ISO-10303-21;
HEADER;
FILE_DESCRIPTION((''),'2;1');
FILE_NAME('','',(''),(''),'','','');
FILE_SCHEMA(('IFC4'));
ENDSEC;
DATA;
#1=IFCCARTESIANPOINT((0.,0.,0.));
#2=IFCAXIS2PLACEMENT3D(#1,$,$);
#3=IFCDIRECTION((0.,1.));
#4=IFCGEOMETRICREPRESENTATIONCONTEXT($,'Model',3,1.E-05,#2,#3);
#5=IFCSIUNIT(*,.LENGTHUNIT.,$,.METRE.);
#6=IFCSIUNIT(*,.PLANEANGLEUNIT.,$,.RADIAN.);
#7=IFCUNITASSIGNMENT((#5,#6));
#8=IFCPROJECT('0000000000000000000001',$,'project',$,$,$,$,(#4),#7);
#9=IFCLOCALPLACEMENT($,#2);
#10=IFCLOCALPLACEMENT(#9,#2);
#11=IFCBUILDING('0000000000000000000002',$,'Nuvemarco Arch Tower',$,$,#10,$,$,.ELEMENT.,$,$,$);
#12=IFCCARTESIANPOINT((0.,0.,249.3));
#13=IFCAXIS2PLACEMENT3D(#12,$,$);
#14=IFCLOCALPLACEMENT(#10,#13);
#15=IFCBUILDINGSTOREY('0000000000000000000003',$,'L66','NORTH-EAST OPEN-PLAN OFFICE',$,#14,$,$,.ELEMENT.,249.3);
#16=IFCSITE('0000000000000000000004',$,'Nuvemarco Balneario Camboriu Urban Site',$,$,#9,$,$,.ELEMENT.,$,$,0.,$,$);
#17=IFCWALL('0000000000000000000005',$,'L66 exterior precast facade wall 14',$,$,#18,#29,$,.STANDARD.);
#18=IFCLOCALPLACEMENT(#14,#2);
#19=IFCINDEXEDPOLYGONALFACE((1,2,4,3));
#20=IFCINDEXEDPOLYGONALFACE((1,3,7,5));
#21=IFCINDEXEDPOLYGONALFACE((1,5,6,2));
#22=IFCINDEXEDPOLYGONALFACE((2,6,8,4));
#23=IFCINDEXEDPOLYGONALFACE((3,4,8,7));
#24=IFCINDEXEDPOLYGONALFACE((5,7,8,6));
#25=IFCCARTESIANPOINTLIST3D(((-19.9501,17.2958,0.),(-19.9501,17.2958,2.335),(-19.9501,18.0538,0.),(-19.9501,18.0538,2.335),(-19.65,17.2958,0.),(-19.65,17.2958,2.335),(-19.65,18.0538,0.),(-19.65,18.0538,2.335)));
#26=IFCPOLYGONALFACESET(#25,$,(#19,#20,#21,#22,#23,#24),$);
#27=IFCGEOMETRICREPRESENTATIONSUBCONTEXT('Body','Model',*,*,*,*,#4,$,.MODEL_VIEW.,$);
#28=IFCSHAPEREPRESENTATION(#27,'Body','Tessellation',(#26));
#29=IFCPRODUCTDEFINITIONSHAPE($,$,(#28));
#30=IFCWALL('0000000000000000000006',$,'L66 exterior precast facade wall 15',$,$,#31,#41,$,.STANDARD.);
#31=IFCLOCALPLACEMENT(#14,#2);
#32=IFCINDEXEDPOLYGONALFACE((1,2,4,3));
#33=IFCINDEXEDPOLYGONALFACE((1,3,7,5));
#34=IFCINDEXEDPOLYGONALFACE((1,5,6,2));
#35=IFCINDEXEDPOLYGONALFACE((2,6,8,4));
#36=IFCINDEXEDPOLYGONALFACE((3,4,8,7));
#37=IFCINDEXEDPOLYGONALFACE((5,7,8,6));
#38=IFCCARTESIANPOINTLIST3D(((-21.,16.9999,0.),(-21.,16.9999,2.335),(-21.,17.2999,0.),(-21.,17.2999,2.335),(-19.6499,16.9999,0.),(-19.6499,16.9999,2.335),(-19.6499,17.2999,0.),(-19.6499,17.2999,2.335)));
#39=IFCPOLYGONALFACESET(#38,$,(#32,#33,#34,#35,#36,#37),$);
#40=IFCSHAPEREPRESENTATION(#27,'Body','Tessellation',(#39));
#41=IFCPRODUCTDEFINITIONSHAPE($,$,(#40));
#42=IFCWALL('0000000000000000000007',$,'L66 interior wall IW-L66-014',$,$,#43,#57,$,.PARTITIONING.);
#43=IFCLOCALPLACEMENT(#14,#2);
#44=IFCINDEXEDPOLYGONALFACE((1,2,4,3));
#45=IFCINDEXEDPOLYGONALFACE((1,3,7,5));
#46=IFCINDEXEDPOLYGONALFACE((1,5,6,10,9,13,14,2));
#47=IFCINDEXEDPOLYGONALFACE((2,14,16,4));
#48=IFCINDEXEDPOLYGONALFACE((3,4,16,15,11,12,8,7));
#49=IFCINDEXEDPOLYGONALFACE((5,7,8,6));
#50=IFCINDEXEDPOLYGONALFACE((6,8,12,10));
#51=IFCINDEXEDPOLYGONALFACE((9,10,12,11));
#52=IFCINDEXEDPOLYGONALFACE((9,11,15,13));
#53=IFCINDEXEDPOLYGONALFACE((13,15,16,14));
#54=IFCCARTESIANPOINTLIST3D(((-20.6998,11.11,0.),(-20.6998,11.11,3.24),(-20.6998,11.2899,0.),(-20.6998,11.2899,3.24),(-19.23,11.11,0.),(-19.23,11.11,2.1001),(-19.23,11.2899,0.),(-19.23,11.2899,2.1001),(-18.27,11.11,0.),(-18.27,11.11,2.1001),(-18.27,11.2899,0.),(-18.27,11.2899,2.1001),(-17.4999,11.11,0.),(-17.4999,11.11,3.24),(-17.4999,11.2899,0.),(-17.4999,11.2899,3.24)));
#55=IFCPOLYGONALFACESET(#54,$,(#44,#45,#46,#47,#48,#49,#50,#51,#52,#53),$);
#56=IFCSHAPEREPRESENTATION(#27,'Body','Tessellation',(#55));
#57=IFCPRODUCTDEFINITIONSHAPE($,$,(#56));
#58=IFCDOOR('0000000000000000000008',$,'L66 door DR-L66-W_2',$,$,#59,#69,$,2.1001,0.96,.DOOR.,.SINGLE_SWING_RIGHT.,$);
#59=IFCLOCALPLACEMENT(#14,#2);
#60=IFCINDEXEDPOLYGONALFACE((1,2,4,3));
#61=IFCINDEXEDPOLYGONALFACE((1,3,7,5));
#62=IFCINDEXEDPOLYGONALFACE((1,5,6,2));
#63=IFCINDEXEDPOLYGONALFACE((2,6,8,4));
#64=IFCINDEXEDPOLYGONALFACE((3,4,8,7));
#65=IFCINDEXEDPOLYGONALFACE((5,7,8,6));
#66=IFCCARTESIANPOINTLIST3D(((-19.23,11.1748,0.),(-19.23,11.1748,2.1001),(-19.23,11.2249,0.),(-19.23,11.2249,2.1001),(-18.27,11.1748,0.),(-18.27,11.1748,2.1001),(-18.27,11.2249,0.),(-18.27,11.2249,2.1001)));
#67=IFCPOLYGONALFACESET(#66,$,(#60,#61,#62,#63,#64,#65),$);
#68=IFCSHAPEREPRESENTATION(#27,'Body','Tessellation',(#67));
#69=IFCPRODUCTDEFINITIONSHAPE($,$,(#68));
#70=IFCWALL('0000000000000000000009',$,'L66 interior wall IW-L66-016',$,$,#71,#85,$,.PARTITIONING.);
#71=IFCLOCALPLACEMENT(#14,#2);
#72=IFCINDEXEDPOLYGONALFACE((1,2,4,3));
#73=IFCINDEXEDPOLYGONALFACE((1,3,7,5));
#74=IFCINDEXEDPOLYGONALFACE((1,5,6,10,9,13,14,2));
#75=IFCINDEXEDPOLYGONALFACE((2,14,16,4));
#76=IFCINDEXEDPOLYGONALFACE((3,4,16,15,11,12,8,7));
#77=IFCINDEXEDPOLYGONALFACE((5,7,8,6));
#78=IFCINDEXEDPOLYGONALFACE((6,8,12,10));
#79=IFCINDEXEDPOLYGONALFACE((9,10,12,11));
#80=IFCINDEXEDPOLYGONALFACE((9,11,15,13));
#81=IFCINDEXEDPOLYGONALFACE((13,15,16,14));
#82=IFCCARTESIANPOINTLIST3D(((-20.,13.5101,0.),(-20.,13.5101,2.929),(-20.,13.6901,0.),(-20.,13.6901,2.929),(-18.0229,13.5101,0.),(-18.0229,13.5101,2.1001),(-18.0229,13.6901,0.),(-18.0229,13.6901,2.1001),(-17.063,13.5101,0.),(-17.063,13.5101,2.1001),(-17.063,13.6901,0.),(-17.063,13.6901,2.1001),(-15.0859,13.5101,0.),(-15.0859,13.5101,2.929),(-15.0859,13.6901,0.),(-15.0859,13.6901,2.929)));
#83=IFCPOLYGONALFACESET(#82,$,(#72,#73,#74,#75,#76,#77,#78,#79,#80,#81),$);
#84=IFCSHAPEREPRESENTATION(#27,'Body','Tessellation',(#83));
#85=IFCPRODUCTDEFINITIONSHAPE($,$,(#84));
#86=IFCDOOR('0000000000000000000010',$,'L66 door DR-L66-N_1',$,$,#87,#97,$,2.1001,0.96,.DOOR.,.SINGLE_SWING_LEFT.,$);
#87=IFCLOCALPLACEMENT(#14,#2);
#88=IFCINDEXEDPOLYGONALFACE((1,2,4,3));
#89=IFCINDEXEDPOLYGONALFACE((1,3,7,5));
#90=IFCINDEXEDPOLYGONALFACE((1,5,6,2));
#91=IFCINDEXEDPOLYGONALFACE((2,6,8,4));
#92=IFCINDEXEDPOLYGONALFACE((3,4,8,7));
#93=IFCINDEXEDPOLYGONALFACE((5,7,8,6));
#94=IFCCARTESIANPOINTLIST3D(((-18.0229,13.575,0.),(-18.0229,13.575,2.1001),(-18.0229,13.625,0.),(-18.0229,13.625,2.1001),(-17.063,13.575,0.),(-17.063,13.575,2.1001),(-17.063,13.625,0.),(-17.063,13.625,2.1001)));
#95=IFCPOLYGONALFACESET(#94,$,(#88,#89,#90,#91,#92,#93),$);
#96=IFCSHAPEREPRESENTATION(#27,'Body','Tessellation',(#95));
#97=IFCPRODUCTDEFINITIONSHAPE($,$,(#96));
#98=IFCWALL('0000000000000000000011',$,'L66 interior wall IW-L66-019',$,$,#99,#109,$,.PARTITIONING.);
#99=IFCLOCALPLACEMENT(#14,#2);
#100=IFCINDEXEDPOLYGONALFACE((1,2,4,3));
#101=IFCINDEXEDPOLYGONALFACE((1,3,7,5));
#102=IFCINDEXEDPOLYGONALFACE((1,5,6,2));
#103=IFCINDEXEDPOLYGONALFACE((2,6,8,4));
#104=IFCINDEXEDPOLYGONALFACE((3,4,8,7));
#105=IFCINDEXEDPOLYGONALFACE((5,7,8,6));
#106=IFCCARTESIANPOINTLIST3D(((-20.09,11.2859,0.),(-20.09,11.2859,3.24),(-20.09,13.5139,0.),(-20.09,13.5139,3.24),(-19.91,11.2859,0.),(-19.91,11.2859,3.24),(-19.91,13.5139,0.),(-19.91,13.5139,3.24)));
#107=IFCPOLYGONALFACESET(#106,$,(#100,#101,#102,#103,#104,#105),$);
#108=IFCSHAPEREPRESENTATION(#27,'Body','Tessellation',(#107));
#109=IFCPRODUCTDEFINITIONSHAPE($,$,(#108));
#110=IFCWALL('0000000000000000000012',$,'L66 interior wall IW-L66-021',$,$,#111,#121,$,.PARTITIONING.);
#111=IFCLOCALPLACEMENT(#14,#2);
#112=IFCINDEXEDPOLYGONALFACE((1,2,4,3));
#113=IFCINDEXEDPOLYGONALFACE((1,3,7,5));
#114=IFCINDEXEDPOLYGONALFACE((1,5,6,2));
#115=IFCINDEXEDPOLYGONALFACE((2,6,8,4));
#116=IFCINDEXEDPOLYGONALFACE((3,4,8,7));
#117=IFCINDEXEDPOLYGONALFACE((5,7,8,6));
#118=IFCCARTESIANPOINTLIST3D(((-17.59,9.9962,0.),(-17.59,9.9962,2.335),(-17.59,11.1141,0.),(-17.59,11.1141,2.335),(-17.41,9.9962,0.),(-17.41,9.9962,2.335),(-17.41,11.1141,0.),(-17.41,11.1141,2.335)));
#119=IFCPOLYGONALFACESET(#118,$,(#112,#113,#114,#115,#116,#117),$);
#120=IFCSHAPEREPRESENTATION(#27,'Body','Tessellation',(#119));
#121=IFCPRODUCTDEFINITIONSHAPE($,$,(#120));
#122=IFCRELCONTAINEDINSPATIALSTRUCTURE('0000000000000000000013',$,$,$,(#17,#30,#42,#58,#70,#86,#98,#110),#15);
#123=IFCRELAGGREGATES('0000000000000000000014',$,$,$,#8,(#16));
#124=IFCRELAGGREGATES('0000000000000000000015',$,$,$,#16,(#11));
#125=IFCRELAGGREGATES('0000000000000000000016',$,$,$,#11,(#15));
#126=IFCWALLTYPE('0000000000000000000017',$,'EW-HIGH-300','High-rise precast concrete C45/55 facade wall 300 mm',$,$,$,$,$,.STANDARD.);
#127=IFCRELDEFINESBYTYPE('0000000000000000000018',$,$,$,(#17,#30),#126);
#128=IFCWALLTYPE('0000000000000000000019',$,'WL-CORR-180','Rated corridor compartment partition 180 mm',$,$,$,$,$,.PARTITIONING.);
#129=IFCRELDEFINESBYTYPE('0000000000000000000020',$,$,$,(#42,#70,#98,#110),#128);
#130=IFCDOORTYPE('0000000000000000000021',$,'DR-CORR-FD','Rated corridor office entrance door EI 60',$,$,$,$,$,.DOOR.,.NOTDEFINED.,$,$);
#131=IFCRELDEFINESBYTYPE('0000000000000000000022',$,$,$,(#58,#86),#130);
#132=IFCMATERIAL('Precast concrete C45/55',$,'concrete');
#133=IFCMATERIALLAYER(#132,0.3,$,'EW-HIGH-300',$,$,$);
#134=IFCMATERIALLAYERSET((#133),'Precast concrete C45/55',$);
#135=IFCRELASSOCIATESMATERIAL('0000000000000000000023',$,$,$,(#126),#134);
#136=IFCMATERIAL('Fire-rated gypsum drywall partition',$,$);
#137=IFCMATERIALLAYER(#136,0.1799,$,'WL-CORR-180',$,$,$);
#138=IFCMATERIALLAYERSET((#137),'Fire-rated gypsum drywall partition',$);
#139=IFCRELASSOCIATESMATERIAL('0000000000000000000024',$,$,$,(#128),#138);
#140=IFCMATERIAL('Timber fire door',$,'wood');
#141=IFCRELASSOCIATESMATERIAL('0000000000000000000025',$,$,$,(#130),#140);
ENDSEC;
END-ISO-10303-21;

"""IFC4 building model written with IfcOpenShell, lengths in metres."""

from ifc_helpers import new_model, si_unit, direction, frame, frame_2d, origin, place, context, subcontext, project, spatial, rectangle, extrude, source, transform, mapped, material, layer, layer_set, type_object, type_shapes, element, fill, save


model = new_model("IFC4")

# Units and contexts
model_context = context("Model", 3, precision=1e-05, world=origin(), true_north=direction((0.0, 1.0)))
body_context = subcontext(model_context, "Body", "Model", "MODEL_VIEW")
ifc_project = project(units=[si_unit("LENGTHUNIT", "METRE"), si_unit("PLANEANGLEUNIT", "RADIAN")], contexts=[model_context])

# Site, building, storey
site_placement = place(None, origin())
site = spatial("IfcSite", under=ifc_project, at=site_placement, Name="Nuvemarco Balneario Camboriu Urban Site", CompositionType="ELEMENT", RefElevation=0.0)
building_placement = place(site_placement, origin())
building = spatial("IfcBuilding", under=site, at=building_placement, Name="Nuvemarco Arch Tower", CompositionType="ELEMENT")
storey_placement = place(building_placement, frame((0.0, 0.0, 249.3)))
storey = spatial("IfcBuildingStorey", under=building, at=storey_placement, Name="L66", Description="NORTH-EAST OPEN-PLAN OFFICE", CompositionType="ELEMENT", Elevation=249.3)

# Shared definitions
ifc_material_1 = material(Name="Precast concrete C45/55", Category="concrete")
ifc_layer_1 = layer(ifc_material_1, 0.3, Name="EW-HIGH-300")
ifc_layer_set_1 = layer_set([ifc_layer_1], Name="Precast concrete C45/55")
wall_type_1 = type_object("IfcWallType", Name="EW-HIGH-300", Description="High-rise precast concrete C45/55 facade wall 300 mm", PredefinedType="STANDARD", material=ifc_layer_set_1)

# Walls
wall_1_placement = place(storey_placement, frame((-19.8, 17.2959, 0.0), z_axis=(0.0, 0.0, 1.0), x_axis=(0.0, 1.0, 0.0)))
element("IfcWall", 1, at=wall_1_placement, inside=storey, type_object=wall_type_1, Name="L66 exterior precast facade wall 14", PredefinedType="STANDARD", context=body_context, shape_type="SweptSolid", body=[
    extrude(rectangle(XDim=0.7581, YDim=0.3, at=frame_2d((0.3789, 0.0))), origin(), (0.0, 0.0, 1.0), 2.335),
])
wall_2_placement = place(storey_placement, frame((-21.0, 17.1499, 0.0), z_axis=(0.0, 0.0, 1.0), x_axis=(1.0, 0.0, 0.0)))
element("IfcWall", 2, at=wall_2_placement, inside=storey, type_object=wall_type_1, Name="L66 exterior precast facade wall 15", PredefinedType="STANDARD", context=body_context, shape_type="SweptSolid", body=[
    extrude(rectangle(XDim=1.3501, YDim=0.3, at=frame_2d((0.675, 0.0))), origin(), (0.0, 0.0, 1.0), 2.335),
])

# Walls, openings, doors
ifc_material_2 = material(Name="Fire-rated gypsum drywall partition")
ifc_layer_2 = layer(ifc_material_2, 0.1799, Name="WL-CORR-180")
ifc_layer_set_2 = layer_set([ifc_layer_2], Name="Fire-rated gypsum drywall partition")
wall_type_2 = type_object("IfcWallType", Name="WL-CORR-180", Description="Rated corridor compartment partition 180 mm", PredefinedType="PARTITIONING", material=ifc_layer_set_2)
wall_3_placement = place(storey_placement, frame((-20.7, 11.2, 0.0), z_axis=(0.0, 0.0, 1.0), x_axis=(1.0, 0.0, 0.0)))
wall_3 = element("IfcWall", 3, at=wall_3_placement, inside=storey, type_object=wall_type_2, Name="L66 interior wall IW-L66-014", PredefinedType="PARTITIONING", context=body_context, shape_type="SweptSolid", body=[
    extrude(rectangle(XDim=3.2, YDim=0.1799, at=frame_2d((1.6001, 0.0))), origin(), (0.0, 0.0, 1.0), 3.24),
])
opening_1_placement = place(wall_3_placement, frame((1.47, 0.0, 0.0)))
opening_1 = element("IfcOpeningElement", 4, at=opening_1_placement, cuts=wall_3, PredefinedType="OPENING", context=body_context, shape_type="SweptSolid", body=[
    extrude(rectangle(XDim=0.96, YDim=2.1001, at=frame_2d((0.48, 1.05))), frame((0.0, 0.0999, 0.0), z_axis=(0.0, -1.0, 0.0), x_axis=(1.0, 0.0, 0.0)), (0.0, 0.0, 1.0), 0.2),
])
ifc_material_3 = material(Name="Timber fire door", Category="wood")
door_type_1 = type_object("IfcDoorType", Name="DR-CORR-FD", Description="Rated corridor office entrance door EI 60", OperationType="NOTDEFINED", PredefinedType="DOOR", material=ifc_material_3)
shared_shape_1 = source(origin(), body_context, "Body", "SweptSolid", [
    extrude(rectangle(XDim=0.96, YDim=2.1001, at=frame_2d((0.48, 1.05))), frame((0.0, 0.0249, 0.0), z_axis=(0.0, -1.0, 0.0), x_axis=(1.0, 0.0, 0.0)), (0.0, 0.0, 1.0), 0.05),
])
type_shapes(door_type_1, [shared_shape_1])
door_1_placement = place(opening_1_placement, origin())
door_1 = element("IfcDoor", 5, at=door_1_placement, inside=storey, type_object=door_type_1, Name="L66 door DR-L66-W_2", OperationType="SINGLE_SWING_RIGHT", OverallHeight=2.1001, OverallWidth=0.96, PredefinedType="DOOR", context=body_context, shape_type="MappedRepresentation", body=[
    mapped(shared_shape_1, transform((0.0, 0.0, 0.0), scale=1.0)),
])
fill(opening_1, door_1)
wall_4_placement = place(storey_placement, frame((-20.0, 13.6001, 0.0), z_axis=(0.0, 0.0, 1.0), x_axis=(1.0, 0.0, 0.0)))
wall_4 = element("IfcWall", 6, at=wall_4_placement, inside=storey, type_object=wall_type_2, Name="L66 interior wall IW-L66-016", PredefinedType="PARTITIONING", context=body_context, shape_type="SweptSolid", body=[
    extrude(rectangle(XDim=4.9141, YDim=0.1799, at=frame_2d((2.457, 0.0))), origin(), (0.0, 0.0, 1.0), 2.929),
])
opening_2_placement = place(wall_4_placement, frame((1.9771, 0.0, 0.0)))
opening_2 = element("IfcOpeningElement", 7, at=opening_2_placement, cuts=wall_4, PredefinedType="OPENING", context=body_context, shape_type="SweptSolid", body=[
    extrude(rectangle(XDim=0.96, YDim=2.1001, at=frame_2d((0.48, 1.05))), frame((0.0, 0.0999, 0.0), z_axis=(0.0, -1.0, 0.0), x_axis=(1.0, 0.0, 0.0)), (0.0, 0.0, 1.0), 0.2),
])
door_2_placement = place(opening_2_placement, origin())
door_2 = element("IfcDoor", 8, at=door_2_placement, inside=storey, type_object=door_type_1, Name="L66 door DR-L66-N_1", OperationType="SINGLE_SWING_LEFT", OverallHeight=2.1001, OverallWidth=0.96, PredefinedType="DOOR", context=body_context, shape_type="MappedRepresentation", body=[
    mapped(shared_shape_1, transform((0.0, 0.0, 0.0), scale=1.0)),
])
fill(opening_2, door_2)

# Walls
wall_5_placement = place(storey_placement, frame((-20.0, 11.2859, 0.0), z_axis=(0.0, 0.0, 1.0), x_axis=(0.0, 1.0, 0.0)))
element("IfcWall", 9, at=wall_5_placement, inside=storey, type_object=wall_type_2, Name="L66 interior wall IW-L66-019", PredefinedType="PARTITIONING", context=body_context, shape_type="SweptSolid", body=[
    extrude(rectangle(XDim=2.228, YDim=0.1799, at=frame_2d((1.114, 0.0))), origin(), (0.0, 0.0, 1.0), 3.24),
])
wall_6_placement = place(storey_placement, frame((-17.5, 9.9961, 0.0), z_axis=(0.0, 0.0, 1.0), x_axis=(0.0, 1.0, 0.0)))
element("IfcWall", 10, at=wall_6_placement, inside=storey, type_object=wall_type_2, Name="L66 interior wall IW-L66-021", PredefinedType="PARTITIONING", context=body_context, shape_type="SweptSolid", body=[
    extrude(rectangle(XDim=1.1179, YDim=0.1799, at=frame_2d((0.5591, 0.0))), origin(), (0.0, 0.0, 1.0), 2.335),
])

save(model, "model.ifc")
